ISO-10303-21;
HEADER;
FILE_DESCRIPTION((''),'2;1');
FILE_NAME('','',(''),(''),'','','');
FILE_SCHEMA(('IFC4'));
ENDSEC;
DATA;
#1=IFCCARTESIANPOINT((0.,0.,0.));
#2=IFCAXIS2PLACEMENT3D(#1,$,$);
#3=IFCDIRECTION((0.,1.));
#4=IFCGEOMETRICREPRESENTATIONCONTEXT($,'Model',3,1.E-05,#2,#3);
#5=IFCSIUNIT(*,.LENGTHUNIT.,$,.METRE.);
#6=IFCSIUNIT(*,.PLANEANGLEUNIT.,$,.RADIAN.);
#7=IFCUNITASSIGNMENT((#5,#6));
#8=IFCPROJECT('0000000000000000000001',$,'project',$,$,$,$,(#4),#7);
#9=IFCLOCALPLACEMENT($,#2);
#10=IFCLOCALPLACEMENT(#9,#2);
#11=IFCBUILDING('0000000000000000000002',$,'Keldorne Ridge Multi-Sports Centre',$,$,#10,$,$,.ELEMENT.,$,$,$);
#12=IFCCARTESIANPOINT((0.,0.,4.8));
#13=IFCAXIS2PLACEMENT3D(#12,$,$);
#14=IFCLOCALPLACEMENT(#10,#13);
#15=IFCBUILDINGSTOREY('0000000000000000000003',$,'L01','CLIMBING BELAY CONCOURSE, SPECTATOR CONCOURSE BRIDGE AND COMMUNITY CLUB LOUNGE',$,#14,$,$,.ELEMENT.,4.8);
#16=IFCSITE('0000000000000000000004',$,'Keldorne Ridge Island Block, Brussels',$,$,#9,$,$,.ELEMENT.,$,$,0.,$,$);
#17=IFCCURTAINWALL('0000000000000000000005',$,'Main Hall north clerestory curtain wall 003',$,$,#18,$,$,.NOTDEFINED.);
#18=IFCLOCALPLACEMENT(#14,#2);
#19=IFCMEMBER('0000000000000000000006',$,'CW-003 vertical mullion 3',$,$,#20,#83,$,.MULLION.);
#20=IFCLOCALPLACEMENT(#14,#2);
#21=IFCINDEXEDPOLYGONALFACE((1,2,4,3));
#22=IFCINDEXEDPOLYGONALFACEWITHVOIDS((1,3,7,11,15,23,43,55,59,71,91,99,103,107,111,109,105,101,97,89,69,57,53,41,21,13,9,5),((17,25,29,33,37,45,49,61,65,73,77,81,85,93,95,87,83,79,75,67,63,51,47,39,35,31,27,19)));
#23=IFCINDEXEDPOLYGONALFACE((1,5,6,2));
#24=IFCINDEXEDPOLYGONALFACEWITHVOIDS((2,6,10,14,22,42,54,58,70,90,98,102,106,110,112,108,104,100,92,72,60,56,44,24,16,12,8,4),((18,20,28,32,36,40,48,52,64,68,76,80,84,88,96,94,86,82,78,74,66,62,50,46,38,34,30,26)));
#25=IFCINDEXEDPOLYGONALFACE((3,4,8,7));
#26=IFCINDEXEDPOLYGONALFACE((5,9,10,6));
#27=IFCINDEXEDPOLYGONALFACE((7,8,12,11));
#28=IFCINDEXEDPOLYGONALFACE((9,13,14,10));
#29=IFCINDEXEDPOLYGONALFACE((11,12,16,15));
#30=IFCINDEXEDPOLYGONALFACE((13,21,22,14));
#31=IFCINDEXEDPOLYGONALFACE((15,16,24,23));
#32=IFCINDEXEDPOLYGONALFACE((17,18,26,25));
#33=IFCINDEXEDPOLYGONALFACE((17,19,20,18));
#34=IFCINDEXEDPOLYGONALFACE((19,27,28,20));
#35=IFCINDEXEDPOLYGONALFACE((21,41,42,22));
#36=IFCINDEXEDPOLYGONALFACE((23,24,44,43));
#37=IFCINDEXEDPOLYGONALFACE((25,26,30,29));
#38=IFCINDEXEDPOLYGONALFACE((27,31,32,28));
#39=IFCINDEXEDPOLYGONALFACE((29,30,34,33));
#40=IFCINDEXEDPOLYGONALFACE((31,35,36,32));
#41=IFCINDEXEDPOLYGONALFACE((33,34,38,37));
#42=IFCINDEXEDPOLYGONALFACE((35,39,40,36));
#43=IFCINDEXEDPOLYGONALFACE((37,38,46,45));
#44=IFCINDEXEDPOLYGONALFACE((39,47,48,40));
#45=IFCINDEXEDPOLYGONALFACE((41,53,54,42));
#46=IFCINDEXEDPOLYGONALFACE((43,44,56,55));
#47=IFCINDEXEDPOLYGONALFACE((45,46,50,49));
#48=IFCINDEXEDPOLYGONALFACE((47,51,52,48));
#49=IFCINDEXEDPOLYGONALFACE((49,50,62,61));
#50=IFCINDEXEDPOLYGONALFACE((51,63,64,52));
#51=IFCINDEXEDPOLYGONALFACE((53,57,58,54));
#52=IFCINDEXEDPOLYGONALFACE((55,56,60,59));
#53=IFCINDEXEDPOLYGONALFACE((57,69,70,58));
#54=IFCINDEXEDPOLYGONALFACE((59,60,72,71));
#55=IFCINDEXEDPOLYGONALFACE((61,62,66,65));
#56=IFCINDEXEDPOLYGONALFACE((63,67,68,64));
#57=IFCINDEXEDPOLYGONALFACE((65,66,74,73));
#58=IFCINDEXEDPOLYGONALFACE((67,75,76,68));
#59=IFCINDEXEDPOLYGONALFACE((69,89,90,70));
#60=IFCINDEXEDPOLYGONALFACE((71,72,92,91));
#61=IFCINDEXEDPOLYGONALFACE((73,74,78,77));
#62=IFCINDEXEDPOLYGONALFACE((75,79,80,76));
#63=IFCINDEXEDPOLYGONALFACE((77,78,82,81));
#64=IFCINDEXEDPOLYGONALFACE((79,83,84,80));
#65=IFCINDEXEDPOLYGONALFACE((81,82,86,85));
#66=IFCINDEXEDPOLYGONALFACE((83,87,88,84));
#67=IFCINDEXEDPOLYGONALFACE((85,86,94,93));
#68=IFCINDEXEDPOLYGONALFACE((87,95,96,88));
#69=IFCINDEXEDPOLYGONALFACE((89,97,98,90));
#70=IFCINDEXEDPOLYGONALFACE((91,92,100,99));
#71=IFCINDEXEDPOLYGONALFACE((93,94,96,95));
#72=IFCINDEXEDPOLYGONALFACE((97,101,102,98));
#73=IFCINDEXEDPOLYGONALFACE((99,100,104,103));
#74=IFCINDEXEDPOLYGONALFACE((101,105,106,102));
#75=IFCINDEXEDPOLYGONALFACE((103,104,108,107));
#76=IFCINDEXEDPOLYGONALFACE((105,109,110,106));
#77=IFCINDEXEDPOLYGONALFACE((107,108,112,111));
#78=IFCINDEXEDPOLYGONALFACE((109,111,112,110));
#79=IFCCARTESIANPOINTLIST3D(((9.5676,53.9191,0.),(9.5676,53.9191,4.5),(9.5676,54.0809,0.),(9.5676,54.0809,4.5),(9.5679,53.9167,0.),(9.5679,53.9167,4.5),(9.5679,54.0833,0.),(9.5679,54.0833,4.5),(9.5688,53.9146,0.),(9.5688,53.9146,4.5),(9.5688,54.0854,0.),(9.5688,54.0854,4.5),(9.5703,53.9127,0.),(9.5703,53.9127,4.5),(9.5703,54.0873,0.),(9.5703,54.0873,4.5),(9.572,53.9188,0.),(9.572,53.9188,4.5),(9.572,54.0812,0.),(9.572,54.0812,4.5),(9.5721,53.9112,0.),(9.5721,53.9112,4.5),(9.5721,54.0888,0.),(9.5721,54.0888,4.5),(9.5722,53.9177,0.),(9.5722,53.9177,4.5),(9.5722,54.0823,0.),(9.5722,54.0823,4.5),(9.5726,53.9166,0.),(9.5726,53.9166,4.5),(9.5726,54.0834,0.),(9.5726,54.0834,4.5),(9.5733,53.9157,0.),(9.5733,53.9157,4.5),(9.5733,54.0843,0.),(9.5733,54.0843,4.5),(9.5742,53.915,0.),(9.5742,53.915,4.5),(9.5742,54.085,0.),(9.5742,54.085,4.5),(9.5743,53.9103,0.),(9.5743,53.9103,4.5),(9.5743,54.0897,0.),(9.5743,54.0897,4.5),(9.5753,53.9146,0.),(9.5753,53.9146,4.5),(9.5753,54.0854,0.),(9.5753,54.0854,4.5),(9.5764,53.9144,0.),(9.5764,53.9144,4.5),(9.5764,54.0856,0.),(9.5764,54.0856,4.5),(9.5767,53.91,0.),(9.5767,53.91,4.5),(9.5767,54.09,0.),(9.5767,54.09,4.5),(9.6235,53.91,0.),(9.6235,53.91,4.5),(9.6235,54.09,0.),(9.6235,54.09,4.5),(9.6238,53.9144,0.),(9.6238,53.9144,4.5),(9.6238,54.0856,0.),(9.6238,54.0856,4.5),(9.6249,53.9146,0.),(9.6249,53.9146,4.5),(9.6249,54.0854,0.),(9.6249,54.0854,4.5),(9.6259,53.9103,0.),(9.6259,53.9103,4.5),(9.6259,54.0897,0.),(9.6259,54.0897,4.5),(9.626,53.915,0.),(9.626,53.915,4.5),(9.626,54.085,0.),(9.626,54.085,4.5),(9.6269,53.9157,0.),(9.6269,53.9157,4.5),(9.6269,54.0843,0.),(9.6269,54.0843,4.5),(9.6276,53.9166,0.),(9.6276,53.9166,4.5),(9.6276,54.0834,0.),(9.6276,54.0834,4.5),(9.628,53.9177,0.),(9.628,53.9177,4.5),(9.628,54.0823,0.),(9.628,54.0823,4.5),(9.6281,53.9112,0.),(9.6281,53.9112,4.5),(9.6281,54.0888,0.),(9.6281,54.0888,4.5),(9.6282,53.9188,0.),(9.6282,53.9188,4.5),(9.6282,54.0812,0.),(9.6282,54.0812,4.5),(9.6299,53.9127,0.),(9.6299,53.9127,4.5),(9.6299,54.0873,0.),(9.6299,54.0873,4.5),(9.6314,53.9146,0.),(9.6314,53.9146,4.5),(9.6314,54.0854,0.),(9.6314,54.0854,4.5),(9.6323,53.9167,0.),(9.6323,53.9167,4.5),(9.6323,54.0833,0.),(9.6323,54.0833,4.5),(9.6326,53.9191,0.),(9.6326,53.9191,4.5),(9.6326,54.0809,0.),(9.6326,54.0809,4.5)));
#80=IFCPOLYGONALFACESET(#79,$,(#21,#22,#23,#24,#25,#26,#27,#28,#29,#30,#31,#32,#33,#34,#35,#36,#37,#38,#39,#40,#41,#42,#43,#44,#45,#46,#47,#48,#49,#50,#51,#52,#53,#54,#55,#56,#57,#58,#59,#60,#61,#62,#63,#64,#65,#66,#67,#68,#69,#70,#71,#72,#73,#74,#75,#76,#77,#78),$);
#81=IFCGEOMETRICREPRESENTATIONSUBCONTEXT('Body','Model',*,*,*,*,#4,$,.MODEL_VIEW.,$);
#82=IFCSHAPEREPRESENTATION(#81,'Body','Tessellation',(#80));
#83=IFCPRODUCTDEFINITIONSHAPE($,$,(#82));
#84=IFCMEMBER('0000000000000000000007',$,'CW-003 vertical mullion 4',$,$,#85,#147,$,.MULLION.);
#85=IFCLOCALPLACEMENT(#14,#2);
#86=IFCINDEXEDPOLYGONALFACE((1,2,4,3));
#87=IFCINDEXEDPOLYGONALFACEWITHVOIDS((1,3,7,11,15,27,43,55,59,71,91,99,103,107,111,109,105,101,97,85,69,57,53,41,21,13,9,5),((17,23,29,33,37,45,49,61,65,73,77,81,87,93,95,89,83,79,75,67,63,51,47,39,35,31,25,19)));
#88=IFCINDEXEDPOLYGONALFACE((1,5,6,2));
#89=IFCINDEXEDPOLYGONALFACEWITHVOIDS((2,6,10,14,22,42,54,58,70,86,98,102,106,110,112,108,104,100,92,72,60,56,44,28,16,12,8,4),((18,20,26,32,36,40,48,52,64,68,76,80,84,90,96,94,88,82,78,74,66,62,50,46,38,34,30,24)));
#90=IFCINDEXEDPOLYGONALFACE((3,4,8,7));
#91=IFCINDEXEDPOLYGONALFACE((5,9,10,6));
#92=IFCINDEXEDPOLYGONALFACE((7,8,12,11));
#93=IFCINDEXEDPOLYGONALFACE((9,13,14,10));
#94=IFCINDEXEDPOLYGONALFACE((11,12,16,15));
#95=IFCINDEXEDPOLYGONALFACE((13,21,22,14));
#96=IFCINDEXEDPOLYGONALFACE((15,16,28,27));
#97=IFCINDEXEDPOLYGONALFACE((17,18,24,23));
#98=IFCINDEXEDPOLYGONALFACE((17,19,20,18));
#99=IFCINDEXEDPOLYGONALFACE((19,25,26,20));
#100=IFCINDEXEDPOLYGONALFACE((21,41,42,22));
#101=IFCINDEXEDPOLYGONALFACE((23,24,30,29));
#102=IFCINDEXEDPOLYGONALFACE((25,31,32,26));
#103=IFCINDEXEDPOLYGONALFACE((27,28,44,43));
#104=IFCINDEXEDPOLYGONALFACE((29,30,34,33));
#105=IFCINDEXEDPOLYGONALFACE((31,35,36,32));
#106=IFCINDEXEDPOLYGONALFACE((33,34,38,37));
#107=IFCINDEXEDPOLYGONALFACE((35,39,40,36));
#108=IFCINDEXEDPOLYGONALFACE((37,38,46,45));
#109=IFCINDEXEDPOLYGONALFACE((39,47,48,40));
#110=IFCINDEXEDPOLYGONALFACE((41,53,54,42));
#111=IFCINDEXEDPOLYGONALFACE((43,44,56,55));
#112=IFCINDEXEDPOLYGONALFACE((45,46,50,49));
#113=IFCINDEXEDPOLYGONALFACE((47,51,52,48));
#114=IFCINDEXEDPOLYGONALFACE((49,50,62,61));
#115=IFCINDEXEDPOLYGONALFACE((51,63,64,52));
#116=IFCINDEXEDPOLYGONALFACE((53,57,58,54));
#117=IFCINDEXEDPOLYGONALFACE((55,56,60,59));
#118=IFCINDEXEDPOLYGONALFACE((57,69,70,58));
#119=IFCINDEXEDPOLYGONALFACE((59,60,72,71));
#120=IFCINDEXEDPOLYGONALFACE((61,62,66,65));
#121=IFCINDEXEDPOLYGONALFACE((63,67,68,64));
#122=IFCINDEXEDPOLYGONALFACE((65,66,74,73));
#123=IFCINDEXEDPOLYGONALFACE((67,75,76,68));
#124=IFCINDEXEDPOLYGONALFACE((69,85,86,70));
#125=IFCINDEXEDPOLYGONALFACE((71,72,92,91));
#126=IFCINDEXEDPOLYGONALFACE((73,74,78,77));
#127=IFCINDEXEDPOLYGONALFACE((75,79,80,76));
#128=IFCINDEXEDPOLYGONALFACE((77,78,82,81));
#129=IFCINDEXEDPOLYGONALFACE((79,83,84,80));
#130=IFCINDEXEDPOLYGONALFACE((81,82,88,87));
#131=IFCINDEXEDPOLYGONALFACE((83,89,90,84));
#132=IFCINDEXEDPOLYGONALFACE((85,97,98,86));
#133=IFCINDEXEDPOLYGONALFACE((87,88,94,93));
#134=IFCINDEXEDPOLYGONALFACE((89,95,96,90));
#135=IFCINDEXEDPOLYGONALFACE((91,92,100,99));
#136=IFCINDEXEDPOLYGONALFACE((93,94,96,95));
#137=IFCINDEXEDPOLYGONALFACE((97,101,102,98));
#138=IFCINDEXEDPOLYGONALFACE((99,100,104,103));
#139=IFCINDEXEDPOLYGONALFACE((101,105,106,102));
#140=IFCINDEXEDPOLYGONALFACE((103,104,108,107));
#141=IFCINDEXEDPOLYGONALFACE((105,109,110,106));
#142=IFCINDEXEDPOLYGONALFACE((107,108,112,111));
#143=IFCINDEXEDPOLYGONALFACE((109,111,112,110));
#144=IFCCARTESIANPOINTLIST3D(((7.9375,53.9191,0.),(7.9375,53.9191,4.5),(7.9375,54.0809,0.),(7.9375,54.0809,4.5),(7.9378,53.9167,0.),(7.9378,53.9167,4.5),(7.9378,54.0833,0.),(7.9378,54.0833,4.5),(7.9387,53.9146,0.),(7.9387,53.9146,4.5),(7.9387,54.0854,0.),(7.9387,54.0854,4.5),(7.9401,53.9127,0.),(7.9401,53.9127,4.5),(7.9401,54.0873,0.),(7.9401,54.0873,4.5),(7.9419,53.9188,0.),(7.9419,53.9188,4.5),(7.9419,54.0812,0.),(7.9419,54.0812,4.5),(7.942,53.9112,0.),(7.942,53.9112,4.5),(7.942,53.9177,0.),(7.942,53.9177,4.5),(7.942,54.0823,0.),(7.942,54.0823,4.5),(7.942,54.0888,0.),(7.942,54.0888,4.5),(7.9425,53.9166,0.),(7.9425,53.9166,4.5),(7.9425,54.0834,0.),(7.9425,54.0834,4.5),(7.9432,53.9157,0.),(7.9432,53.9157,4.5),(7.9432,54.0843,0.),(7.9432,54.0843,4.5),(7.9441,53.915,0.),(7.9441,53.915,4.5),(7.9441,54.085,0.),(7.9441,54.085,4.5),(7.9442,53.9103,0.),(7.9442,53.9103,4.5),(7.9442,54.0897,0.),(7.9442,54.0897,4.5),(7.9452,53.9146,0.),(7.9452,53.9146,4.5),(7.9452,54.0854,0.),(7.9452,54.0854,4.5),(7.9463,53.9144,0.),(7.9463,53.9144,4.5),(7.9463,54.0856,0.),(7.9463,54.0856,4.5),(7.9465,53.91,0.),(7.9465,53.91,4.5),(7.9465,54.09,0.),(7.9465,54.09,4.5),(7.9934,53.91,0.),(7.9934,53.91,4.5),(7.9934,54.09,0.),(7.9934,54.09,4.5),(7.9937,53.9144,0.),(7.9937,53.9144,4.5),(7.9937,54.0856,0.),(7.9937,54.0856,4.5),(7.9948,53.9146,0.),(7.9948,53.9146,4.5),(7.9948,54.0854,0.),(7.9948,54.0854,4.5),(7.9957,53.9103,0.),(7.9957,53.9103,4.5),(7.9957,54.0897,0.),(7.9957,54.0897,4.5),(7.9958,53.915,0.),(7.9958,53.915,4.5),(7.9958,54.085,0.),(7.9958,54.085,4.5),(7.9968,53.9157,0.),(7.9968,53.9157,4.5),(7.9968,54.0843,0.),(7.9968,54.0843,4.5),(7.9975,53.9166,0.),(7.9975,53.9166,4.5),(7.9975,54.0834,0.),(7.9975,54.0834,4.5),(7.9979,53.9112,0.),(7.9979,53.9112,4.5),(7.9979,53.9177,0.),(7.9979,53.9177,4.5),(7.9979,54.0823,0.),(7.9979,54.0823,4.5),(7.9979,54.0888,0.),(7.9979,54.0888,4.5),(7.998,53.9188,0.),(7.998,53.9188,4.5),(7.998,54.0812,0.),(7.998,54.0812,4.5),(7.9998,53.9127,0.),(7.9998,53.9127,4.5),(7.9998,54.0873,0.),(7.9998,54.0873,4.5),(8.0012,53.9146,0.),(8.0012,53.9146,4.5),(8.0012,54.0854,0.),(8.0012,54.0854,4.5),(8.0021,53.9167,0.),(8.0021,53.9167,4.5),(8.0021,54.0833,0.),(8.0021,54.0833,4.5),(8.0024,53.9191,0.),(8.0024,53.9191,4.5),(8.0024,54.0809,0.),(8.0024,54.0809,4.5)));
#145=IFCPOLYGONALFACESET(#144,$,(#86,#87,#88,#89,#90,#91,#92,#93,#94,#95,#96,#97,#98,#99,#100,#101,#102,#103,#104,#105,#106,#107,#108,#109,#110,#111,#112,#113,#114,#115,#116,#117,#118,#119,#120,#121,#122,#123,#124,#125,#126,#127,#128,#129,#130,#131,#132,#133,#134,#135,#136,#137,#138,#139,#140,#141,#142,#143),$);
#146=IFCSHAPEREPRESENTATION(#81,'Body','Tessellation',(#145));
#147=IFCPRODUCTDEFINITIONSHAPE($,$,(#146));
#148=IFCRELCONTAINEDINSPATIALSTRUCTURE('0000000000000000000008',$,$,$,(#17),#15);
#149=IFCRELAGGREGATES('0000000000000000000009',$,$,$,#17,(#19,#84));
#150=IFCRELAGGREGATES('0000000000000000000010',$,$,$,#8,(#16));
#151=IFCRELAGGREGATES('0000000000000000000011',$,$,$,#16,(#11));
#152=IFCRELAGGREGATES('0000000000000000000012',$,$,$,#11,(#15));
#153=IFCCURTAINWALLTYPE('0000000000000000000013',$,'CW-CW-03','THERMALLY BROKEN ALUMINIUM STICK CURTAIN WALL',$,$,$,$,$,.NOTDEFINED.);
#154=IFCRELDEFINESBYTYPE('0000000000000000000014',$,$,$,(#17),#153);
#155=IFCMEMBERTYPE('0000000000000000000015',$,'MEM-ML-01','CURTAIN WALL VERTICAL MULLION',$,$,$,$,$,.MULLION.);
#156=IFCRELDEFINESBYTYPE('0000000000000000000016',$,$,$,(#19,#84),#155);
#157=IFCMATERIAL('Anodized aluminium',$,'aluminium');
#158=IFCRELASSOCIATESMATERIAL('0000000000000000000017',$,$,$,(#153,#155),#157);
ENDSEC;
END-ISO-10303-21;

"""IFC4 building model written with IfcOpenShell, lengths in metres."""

from ifc_helpers import new_model, si_unit, direction, frame, origin, origin_2d, place, context, subcontext, project, spatial, hollow_rectangle, extrude, material, material_profile, profile_set, type_object, element, aggregate, save


model = new_model("IFC4")

# Units and contexts
model_context = context("Model", 3, precision=1e-05, world=origin(), true_north=direction((0.0, 1.0)))
body_context = subcontext(model_context, "Body", "Model", "MODEL_VIEW")
ifc_project = project(units=[si_unit("LENGTHUNIT", "METRE"), si_unit("PLANEANGLEUNIT", "RADIAN")], contexts=[model_context])

# Site, building, storey
site_placement = place(None, origin())
site = spatial("IfcSite", under=ifc_project, at=site_placement, Name="Keldorne Ridge Island Block, Brussels", CompositionType="ELEMENT", RefElevation=0.0)
building_placement = place(site_placement, origin())
building = spatial("IfcBuilding", under=site, at=building_placement, Name="Keldorne Ridge Multi-Sports Centre", CompositionType="ELEMENT")
storey_placement = place(building_placement, frame((0.0, 0.0, 4.8)))
storey = spatial("IfcBuildingStorey", under=building, at=storey_placement, Name="L01", Description="CLIMBING BELAY CONCOURSE, SPECTATOR CONCOURSE BRIDGE AND COMMUNITY CLUB LOUNGE", CompositionType="ELEMENT", Elevation=4.8)

# Curtain wall, members
ifc_material_1 = material(Name="Anodized aluminium", Category="aluminium")
curtain_wall_type = type_object("IfcCurtainWallType", Name="CW-CW-03", Description="THERMALLY BROKEN ALUMINIUM STICK CURTAIN WALL", PredefinedType="NOTDEFINED", material=ifc_material_1)
curtain_wall_placement = place(storey_placement, origin())
curtain_wall = element("IfcCurtainWall", 1, at=curtain_wall_placement, inside=storey, type_object=curtain_wall_type, Name="Main Hall north clerestory curtain wall 003", PredefinedType="NOTDEFINED")
ifc_material_profile_1 = material_profile(ifc_material_1, hollow_rectangle(XDim=0.0649, YDim=0.1799, WallThickness=0.0044, InnerFilletRadius=0.0044, OuterFilletRadius=0.009, at=origin_2d()), Name="ALU MULLION 180x65x4.5")
ifc_profile_set_1 = profile_set([ifc_material_profile_1], Name="Anodized aluminium")
member_type_1 = type_object("IfcMemberType", Name="MEM-ML-01", Description="CURTAIN WALL VERTICAL MULLION", PredefinedType="MULLION", material=ifc_profile_set_1)
member_1_placement = place(storey_placement, frame((9.6001, 54.0, 0.0), z_axis=(0.0, 0.0, 1.0), x_axis=(1.0, 0.0, 0.0)))
member_1 = element("IfcMember", 2, at=member_1_placement, type_object=member_type_1, Name="CW-003 vertical mullion 3", PredefinedType="MULLION", context=body_context, shape_type="SweptSolid", body=[
    extrude(hollow_rectangle(XDim=0.0649, YDim=0.1799, WallThickness=0.0044, InnerFilletRadius=0.0044, OuterFilletRadius=0.009, at=origin_2d()), origin(), (0.0, 0.0, 1.0), 4.5),
])
member_2_placement = place(storey_placement, frame((7.97, 54.0, 0.0), z_axis=(0.0, 0.0, 1.0), x_axis=(1.0, 0.0, 0.0)))
member_2 = element("IfcMember", 3, at=member_2_placement, type_object=member_type_1, Name="CW-003 vertical mullion 4", PredefinedType="MULLION", context=body_context, shape_type="SweptSolid", body=[
    extrude(hollow_rectangle(XDim=0.0649, YDim=0.1799, WallThickness=0.0044, InnerFilletRadius=0.0044, OuterFilletRadius=0.009, at=origin_2d()), origin(), (0.0, 0.0, 1.0), 4.5),
])
aggregate(curtain_wall, [member_1, member_2])

save(model, "model.ifc")
